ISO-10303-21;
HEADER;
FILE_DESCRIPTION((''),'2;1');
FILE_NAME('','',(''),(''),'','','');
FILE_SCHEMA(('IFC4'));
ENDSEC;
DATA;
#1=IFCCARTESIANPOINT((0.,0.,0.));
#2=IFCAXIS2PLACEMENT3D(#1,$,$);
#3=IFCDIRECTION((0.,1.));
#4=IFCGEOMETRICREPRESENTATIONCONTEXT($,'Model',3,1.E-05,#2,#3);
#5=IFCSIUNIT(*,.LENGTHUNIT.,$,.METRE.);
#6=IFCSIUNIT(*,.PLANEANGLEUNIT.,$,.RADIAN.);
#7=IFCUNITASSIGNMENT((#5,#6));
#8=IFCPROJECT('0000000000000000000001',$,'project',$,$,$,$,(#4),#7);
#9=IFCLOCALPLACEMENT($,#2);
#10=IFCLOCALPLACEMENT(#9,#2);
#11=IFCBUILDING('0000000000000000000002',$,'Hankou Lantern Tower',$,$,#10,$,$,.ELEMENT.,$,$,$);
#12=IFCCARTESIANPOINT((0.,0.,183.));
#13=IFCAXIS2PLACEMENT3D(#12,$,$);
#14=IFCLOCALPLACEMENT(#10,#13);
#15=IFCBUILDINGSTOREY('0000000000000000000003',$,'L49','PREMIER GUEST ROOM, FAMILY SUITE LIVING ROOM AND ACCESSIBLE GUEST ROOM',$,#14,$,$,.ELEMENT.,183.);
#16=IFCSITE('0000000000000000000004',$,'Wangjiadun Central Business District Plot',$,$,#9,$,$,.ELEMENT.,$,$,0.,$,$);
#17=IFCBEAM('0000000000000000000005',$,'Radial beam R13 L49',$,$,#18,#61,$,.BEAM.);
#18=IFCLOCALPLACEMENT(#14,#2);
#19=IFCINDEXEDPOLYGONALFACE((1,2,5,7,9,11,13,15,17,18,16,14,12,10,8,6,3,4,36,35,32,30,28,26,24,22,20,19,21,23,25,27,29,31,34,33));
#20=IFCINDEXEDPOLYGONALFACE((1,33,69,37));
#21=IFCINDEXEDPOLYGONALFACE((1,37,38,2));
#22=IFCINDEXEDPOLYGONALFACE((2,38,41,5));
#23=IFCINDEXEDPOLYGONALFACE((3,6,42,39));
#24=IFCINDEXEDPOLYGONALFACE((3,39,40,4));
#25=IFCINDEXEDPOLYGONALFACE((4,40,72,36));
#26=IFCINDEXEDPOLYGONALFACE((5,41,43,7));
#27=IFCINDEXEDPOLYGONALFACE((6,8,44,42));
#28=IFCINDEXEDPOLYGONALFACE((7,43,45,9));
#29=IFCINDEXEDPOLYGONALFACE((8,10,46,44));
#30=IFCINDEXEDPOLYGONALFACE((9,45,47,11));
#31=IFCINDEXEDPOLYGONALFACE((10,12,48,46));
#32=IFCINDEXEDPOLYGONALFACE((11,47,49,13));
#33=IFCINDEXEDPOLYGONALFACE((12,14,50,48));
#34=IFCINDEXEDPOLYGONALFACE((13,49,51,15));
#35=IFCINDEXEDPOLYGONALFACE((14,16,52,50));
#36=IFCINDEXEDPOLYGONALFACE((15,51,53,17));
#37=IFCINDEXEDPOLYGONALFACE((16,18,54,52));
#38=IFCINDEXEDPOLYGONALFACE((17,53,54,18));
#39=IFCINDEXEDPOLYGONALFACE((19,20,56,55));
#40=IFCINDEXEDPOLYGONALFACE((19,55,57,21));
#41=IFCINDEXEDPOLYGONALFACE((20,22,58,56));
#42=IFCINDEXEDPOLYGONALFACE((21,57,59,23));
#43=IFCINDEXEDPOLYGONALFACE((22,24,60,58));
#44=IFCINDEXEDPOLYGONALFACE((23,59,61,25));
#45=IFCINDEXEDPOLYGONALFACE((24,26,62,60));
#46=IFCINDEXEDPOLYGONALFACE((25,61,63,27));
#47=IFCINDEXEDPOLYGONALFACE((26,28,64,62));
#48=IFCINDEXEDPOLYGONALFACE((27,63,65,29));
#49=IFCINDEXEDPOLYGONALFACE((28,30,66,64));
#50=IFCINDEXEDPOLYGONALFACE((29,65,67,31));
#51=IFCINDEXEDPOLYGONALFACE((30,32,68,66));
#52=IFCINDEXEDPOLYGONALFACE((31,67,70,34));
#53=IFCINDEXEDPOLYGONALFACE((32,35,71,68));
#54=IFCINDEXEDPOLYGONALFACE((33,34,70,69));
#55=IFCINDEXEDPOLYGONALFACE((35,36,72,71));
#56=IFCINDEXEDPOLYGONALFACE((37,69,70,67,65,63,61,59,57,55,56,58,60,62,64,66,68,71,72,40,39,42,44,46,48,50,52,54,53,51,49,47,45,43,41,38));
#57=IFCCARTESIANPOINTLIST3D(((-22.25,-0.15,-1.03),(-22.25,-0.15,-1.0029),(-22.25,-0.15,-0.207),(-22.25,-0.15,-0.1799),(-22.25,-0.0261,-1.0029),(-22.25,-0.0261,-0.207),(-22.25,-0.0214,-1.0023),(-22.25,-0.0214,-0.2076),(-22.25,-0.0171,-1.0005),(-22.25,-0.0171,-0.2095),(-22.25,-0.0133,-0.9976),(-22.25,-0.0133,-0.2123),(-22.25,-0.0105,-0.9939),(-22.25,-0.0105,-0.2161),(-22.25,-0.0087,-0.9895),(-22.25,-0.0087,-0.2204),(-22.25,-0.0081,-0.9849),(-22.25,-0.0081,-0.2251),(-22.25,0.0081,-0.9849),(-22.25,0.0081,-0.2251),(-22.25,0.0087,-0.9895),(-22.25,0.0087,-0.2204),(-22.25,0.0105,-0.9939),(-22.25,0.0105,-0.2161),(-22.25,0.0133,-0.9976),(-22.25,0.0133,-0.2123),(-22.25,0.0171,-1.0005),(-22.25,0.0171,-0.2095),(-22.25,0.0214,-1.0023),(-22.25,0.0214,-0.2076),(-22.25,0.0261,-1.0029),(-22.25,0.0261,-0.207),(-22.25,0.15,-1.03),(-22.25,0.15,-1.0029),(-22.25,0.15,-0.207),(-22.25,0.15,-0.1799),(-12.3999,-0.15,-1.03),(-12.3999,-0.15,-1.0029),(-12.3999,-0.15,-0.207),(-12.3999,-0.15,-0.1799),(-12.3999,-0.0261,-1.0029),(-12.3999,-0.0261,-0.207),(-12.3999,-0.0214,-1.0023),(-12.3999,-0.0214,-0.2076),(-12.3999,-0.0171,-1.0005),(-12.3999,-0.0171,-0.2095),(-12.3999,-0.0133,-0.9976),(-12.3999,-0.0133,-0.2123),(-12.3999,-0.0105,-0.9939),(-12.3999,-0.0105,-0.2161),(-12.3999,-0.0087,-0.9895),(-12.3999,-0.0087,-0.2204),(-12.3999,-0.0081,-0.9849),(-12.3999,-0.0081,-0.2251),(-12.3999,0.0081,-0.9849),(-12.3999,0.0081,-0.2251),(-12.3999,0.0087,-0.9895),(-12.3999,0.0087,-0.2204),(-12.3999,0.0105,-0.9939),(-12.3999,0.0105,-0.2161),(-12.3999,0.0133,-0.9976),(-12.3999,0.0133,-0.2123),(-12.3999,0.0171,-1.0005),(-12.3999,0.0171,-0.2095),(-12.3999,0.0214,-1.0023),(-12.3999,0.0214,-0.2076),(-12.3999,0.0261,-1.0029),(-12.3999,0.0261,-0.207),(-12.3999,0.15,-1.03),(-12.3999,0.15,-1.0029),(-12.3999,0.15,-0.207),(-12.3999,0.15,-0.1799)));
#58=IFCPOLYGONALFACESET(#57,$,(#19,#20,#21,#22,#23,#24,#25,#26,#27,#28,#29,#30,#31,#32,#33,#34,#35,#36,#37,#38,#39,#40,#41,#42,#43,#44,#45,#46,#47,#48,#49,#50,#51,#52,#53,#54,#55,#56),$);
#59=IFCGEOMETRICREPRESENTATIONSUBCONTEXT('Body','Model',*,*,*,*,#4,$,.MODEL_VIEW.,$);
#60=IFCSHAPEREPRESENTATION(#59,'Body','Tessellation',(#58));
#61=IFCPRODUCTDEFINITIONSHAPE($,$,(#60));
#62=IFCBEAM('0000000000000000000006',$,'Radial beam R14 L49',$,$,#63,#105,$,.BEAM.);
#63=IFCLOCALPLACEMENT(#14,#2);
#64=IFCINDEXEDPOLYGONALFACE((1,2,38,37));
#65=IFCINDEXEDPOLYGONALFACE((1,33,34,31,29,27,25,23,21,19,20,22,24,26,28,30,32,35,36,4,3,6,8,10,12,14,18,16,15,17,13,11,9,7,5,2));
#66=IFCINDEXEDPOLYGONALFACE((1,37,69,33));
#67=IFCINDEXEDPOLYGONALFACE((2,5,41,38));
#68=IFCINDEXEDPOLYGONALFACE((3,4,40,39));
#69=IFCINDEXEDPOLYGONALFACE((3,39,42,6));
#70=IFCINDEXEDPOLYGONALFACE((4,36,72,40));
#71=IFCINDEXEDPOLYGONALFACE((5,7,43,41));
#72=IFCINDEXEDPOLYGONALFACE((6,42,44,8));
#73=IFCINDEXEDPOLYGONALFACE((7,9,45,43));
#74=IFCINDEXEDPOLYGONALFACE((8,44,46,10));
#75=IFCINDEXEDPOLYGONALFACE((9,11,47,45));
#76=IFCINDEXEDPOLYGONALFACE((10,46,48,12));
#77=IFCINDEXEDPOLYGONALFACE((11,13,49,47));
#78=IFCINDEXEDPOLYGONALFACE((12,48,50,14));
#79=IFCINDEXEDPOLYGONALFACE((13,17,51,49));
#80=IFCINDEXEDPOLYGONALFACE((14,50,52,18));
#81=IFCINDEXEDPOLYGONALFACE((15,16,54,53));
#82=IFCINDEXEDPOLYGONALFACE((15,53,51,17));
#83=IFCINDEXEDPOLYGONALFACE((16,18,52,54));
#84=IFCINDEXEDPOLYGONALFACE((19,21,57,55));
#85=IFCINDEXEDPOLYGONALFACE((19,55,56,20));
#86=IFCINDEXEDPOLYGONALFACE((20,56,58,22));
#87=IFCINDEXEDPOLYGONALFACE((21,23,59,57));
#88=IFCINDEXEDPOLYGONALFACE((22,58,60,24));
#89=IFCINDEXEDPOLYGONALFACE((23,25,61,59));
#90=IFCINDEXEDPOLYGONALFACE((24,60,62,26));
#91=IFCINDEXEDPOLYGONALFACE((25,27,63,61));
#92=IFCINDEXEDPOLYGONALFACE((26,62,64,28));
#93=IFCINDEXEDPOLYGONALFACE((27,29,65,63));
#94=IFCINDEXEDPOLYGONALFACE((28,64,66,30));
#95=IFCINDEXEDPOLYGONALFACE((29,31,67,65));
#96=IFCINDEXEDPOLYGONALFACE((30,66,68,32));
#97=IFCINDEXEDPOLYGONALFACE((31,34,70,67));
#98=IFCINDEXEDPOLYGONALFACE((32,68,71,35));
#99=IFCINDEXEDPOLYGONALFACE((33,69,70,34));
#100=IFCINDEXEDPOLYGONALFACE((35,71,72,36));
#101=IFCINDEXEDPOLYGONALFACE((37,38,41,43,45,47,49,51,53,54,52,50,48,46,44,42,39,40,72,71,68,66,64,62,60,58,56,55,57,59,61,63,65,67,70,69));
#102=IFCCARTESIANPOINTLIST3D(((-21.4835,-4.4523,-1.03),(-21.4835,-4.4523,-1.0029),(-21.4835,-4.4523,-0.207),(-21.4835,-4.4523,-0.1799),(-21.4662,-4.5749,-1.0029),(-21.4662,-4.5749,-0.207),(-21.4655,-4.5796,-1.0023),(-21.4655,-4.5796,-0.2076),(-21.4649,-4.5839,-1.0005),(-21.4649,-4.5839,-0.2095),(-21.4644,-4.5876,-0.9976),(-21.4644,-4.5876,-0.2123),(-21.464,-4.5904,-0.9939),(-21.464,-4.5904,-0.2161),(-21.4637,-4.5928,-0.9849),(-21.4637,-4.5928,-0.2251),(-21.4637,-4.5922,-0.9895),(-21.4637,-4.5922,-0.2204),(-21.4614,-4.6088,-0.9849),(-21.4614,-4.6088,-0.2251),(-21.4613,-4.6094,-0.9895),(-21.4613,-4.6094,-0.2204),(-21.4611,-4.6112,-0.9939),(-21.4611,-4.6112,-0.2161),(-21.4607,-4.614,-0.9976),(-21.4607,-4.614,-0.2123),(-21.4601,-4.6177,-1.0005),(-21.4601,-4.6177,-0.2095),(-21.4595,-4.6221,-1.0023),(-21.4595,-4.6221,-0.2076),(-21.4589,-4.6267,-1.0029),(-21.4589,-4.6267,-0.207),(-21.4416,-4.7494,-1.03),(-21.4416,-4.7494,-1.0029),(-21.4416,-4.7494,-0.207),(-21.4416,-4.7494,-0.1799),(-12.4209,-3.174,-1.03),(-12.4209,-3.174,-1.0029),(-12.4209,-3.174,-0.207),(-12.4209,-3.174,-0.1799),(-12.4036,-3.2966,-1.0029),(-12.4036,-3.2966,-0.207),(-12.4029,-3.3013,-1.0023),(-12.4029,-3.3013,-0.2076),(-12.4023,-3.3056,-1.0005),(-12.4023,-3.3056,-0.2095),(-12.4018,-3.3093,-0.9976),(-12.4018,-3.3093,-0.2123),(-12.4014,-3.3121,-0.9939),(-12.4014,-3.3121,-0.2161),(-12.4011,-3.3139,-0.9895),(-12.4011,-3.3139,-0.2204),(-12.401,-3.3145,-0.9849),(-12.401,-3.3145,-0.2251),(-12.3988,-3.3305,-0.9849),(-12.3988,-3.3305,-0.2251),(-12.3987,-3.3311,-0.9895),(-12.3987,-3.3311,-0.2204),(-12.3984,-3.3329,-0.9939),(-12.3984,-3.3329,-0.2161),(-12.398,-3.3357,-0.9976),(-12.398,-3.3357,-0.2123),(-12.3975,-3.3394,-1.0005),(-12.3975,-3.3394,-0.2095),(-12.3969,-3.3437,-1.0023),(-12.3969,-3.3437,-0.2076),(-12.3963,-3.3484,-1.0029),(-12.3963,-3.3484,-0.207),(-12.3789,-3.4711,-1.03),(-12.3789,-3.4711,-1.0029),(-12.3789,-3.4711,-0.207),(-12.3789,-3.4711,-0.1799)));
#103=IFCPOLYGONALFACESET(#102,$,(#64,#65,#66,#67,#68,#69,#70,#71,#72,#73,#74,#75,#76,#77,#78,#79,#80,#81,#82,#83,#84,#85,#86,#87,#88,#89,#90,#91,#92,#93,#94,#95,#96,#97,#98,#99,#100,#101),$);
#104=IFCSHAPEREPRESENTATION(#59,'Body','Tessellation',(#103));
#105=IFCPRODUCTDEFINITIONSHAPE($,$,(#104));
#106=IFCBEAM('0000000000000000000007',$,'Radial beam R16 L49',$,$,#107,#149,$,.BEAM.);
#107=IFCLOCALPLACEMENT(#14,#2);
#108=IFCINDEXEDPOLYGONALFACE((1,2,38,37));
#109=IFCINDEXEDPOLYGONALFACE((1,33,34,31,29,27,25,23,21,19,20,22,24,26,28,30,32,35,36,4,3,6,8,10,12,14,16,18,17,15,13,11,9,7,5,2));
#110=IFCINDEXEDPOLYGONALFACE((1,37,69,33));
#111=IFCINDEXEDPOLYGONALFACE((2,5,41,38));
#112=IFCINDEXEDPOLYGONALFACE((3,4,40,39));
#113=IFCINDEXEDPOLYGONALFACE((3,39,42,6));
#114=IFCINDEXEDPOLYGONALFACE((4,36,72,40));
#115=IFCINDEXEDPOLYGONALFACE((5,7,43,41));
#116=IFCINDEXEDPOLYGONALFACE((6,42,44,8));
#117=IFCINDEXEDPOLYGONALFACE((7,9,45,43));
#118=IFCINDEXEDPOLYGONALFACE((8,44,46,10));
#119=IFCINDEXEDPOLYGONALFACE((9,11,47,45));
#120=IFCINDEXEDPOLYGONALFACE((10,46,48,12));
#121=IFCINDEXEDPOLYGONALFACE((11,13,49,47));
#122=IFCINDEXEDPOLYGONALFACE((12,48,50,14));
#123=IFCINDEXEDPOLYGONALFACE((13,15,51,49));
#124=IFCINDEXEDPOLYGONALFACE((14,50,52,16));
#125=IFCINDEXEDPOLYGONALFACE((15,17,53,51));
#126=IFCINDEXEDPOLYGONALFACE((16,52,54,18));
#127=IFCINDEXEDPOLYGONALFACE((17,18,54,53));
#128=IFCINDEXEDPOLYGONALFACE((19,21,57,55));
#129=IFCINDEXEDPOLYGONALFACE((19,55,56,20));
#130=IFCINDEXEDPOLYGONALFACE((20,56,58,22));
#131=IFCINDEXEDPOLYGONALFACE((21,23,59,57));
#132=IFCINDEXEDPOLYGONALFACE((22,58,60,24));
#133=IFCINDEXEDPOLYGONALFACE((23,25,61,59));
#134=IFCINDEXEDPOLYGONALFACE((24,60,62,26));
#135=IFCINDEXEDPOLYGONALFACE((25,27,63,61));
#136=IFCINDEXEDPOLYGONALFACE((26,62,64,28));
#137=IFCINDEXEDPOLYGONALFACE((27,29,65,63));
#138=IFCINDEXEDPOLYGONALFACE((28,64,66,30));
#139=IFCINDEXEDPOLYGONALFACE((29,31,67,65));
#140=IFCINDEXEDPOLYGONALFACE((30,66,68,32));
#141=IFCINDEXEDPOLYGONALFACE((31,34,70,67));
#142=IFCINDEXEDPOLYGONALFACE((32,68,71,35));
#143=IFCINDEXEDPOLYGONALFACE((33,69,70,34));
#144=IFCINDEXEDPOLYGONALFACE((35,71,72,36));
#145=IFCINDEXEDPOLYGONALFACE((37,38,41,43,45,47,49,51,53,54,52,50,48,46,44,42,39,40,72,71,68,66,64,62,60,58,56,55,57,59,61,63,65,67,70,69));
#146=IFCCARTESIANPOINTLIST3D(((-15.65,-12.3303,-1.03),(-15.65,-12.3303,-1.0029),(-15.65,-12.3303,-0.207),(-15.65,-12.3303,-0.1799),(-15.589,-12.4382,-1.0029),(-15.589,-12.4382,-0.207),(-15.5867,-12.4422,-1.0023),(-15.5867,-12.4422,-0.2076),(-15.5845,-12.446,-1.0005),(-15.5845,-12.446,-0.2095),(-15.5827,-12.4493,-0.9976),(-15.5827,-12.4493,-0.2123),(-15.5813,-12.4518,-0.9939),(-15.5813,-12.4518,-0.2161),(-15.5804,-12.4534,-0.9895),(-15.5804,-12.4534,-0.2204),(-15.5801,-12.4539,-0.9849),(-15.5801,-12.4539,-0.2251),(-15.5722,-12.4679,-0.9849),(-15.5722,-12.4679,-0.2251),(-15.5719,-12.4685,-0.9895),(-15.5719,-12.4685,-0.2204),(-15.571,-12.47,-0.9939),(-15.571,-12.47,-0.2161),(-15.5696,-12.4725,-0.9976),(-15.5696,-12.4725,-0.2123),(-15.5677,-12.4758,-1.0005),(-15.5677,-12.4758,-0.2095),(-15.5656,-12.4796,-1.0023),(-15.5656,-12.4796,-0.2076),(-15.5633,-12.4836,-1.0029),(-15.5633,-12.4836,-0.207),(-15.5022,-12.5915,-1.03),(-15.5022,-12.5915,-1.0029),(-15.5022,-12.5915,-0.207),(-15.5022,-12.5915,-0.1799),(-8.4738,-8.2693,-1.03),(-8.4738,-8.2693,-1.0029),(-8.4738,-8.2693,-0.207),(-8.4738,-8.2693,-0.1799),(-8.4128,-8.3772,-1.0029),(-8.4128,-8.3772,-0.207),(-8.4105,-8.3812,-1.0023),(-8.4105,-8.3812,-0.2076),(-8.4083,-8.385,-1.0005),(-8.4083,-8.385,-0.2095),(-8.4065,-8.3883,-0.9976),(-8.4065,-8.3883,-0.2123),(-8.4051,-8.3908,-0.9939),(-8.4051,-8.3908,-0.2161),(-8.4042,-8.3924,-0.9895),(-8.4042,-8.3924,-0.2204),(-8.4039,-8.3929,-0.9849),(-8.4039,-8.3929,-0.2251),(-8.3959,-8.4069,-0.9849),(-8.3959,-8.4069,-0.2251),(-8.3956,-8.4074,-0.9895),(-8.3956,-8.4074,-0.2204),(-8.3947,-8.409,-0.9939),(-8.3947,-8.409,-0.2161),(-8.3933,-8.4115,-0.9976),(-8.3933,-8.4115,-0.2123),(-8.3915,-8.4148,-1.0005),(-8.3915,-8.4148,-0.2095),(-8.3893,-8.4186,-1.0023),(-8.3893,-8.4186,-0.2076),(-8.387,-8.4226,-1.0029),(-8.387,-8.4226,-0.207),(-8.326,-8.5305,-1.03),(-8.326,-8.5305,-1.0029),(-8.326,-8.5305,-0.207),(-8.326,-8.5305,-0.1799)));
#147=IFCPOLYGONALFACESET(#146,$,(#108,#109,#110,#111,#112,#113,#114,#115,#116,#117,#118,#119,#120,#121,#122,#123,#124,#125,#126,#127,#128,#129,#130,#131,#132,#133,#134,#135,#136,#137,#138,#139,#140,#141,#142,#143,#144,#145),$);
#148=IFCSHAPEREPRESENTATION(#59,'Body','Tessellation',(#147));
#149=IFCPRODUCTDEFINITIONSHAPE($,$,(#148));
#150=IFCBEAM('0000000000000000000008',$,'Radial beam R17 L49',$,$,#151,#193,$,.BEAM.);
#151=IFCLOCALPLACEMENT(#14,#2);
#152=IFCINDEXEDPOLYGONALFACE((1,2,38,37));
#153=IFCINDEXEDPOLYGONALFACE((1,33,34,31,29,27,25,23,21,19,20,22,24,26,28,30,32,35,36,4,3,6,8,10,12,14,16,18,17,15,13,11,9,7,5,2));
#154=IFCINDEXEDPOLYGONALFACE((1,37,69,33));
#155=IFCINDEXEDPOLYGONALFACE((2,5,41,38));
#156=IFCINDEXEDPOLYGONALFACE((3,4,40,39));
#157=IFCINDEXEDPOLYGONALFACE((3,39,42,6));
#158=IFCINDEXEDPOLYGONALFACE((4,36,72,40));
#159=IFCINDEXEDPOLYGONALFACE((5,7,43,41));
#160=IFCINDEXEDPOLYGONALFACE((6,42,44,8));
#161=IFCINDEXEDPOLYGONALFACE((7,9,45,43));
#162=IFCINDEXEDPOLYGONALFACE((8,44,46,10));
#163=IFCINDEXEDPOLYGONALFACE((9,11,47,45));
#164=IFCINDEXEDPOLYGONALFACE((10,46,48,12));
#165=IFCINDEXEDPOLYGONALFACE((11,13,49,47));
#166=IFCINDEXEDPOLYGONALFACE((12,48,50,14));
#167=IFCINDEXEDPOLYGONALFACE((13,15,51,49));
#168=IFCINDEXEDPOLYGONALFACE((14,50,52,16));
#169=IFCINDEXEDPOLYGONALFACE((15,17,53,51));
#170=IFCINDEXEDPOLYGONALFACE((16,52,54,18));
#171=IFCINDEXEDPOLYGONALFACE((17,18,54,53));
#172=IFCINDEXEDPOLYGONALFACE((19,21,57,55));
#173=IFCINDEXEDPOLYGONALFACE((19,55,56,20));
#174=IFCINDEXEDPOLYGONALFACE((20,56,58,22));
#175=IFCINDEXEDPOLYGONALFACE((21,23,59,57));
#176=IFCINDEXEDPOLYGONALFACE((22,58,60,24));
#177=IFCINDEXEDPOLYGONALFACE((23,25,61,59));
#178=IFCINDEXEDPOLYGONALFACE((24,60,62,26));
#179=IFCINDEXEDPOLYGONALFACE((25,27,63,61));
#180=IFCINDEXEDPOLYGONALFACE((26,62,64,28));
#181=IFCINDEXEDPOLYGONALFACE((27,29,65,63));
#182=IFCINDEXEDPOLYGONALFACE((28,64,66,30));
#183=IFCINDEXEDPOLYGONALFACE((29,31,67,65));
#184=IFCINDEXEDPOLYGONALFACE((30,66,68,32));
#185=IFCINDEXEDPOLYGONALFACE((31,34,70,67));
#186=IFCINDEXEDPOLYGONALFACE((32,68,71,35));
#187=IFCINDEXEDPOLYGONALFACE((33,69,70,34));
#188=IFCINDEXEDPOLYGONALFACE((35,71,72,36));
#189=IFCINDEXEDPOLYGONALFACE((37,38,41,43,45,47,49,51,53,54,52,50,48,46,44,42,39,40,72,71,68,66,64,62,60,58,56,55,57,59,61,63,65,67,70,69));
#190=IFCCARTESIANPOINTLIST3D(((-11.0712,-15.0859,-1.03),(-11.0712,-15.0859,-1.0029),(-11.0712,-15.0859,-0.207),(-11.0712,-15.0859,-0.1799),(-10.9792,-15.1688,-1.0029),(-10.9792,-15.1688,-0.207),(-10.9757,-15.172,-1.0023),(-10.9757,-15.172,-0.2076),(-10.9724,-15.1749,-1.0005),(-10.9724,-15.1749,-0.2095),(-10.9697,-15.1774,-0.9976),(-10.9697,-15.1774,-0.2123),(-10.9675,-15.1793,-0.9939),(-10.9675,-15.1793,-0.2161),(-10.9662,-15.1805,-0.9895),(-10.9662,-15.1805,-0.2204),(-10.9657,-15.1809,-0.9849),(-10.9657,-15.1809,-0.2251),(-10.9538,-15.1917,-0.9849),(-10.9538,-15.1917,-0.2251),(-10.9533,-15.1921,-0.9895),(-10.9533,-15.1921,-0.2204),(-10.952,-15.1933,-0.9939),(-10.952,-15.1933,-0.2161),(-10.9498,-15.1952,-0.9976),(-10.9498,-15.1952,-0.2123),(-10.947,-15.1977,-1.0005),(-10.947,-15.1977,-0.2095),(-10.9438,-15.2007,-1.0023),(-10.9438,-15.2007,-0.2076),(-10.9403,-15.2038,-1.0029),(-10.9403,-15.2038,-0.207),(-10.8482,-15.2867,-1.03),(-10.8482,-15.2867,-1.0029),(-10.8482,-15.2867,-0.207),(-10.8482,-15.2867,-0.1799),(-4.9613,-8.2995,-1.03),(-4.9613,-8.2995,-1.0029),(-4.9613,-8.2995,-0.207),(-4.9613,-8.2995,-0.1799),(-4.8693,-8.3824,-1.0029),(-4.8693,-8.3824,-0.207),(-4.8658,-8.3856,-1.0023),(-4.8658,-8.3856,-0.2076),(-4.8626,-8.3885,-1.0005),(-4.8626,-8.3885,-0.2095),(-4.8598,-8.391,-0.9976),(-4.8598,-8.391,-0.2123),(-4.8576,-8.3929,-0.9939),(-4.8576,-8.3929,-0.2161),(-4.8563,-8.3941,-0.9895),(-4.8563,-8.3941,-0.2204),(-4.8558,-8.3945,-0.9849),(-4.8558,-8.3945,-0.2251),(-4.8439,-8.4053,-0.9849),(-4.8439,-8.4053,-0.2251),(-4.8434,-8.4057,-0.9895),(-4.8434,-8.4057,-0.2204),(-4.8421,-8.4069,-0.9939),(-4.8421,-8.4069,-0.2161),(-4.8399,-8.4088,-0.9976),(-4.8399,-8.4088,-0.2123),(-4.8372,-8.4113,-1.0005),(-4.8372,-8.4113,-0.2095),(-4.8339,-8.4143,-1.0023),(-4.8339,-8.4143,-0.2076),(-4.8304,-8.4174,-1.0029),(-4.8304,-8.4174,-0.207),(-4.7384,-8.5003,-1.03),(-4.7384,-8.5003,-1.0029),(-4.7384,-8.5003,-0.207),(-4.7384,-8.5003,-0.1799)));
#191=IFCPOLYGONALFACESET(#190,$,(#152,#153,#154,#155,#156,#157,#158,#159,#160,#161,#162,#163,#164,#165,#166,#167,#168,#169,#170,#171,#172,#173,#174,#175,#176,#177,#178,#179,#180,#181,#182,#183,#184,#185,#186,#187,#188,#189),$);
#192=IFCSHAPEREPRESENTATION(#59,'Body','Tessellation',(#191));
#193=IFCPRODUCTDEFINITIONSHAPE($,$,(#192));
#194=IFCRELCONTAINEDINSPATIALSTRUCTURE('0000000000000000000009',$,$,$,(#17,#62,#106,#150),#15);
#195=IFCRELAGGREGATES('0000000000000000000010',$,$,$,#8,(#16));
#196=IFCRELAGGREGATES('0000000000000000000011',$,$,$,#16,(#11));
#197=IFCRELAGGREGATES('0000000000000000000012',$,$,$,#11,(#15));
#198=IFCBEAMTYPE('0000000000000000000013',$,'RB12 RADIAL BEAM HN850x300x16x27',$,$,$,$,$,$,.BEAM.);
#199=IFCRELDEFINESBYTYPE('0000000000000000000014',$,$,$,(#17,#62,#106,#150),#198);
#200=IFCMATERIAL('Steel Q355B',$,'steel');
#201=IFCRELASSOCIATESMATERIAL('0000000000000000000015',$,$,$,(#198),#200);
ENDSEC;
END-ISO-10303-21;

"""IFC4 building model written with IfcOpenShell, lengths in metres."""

from ifc_helpers import new_model, si_unit, direction, frame, origin, origin_2d, place, context, subcontext, project, spatial, i_section, extrude, material, material_profile, profile_set, type_object, element, save


model = new_model("IFC4")

# Units and contexts
model_context = context("Model", 3, precision=1e-05, world=origin(), true_north=direction((0.0, 1.0)))
body_context = subcontext(model_context, "Body", "Model", "MODEL_VIEW")
ifc_project = project(units=[si_unit("LENGTHUNIT", "METRE"), si_unit("PLANEANGLEUNIT", "RADIAN")], contexts=[model_context])

# Site, building, storey
site_placement = place(None, origin())
site = spatial("IfcSite", under=ifc_project, at=site_placement, Name="Wangjiadun Central Business District Plot", CompositionType="ELEMENT", RefElevation=0.0)
building_placement = place(site_placement, origin())
building = spatial("IfcBuilding", under=site, at=building_placement, Name="Hankou Lantern Tower", CompositionType="ELEMENT")
storey_placement = place(building_placement, frame((0.0, 0.0, 183.0)))
storey = spatial("IfcBuildingStorey", under=building, at=storey_placement, Name="L49", Description="PREMIER GUEST ROOM, FAMILY SUITE LIVING ROOM AND ACCESSIBLE GUEST ROOM", CompositionType="ELEMENT", Elevation=183.0)

# Beams
ifc_material_1 = material(Name="Steel Q355B", Category="steel")
ifc_material_profile_1 = material_profile(ifc_material_1, i_section(OverallWidth=0.3, OverallDepth=0.8501, WebThickness=0.0161, FlangeThickness=0.0271, FilletRadius=0.0181, at=origin_2d()), Name="HN850x300x16x27")
ifc_profile_set_1 = profile_set([ifc_material_profile_1], Name="Steel Q355B")
beam_type_1 = type_object("IfcBeamType", Name="RB12 RADIAL BEAM HN850x300x16x27", PredefinedType="BEAM", material=ifc_profile_set_1)
beam_1_placement = place(storey_placement, frame((-12.3999, 0.0, -0.605), z_axis=(-1.0, 0.0, 0.0), x_axis=(0.0, -1.0, 0.0)))
element("IfcBeam", 1, at=beam_1_placement, inside=storey, type_object=beam_type_1, Name="Radial beam R13 L49", PredefinedType="BEAM", context=body_context, shape_type="SweptSolid", body=[
    extrude(i_section(OverallWidth=0.3, OverallDepth=0.8501, WebThickness=0.0161, FlangeThickness=0.0271, FilletRadius=0.0181, at=origin_2d()), origin(), (0.0, 0.0, 1.0), 9.8501),
])
beam_2_placement = place(storey_placement, frame((-12.3999, -3.3225, -0.605), z_axis=(-0.990198, -0.13967, 0.0), x_axis=(0.13967, -0.990198, 0.0)))
element("IfcBeam", 2, at=beam_2_placement, inside=storey, type_object=beam_type_1, Name="Radial beam R14 L49", PredefinedType="BEAM", context=body_context, shape_type="SweptSolid", body=[
    extrude(i_section(OverallWidth=0.3, OverallDepth=0.8501, WebThickness=0.0161, FlangeThickness=0.0271, FilletRadius=0.0181, at=origin_2d()), origin(), (0.0, 0.0, 1.0), 9.1523),
])
beam_3_placement = place(storey_placement, frame((-8.3999, -8.3999, -0.605), z_axis=(-0.870309, -0.492506, 0.0), x_axis=(0.492506, -0.870309, 0.0)))
element("IfcBeam", 3, at=beam_3_placement, inside=storey, type_object=beam_type_1, Name="Radial beam R16 L49", PredefinedType="BEAM", context=body_context, shape_type="SweptSolid", body=[
    extrude(i_section(OverallWidth=0.3, OverallDepth=0.8501, WebThickness=0.0161, FlangeThickness=0.0271, FilletRadius=0.0181, at=origin_2d()), origin(), (0.0, 0.0, 1.0), 8.2456),
])
beam_4_placement = place(storey_placement, frame((-4.8499, -8.3999, -0.605), z_axis=(-0.669093, -0.743178, 0.0), x_axis=(0.743178, -0.669093, 0.0)))
element("IfcBeam", 4, at=beam_4_placement, inside=storey, type_object=beam_type_1, Name="Radial beam R17 L49", PredefinedType="BEAM", context=body_context, shape_type="SweptSolid", body=[
    extrude(i_section(OverallWidth=0.3, OverallDepth=0.8501, WebThickness=0.0161, FlangeThickness=0.0271, FilletRadius=0.0181, at=origin_2d()), origin(), (0.0, 0.0, 1.0), 9.1316),
])

save(model, "model.ifc")
